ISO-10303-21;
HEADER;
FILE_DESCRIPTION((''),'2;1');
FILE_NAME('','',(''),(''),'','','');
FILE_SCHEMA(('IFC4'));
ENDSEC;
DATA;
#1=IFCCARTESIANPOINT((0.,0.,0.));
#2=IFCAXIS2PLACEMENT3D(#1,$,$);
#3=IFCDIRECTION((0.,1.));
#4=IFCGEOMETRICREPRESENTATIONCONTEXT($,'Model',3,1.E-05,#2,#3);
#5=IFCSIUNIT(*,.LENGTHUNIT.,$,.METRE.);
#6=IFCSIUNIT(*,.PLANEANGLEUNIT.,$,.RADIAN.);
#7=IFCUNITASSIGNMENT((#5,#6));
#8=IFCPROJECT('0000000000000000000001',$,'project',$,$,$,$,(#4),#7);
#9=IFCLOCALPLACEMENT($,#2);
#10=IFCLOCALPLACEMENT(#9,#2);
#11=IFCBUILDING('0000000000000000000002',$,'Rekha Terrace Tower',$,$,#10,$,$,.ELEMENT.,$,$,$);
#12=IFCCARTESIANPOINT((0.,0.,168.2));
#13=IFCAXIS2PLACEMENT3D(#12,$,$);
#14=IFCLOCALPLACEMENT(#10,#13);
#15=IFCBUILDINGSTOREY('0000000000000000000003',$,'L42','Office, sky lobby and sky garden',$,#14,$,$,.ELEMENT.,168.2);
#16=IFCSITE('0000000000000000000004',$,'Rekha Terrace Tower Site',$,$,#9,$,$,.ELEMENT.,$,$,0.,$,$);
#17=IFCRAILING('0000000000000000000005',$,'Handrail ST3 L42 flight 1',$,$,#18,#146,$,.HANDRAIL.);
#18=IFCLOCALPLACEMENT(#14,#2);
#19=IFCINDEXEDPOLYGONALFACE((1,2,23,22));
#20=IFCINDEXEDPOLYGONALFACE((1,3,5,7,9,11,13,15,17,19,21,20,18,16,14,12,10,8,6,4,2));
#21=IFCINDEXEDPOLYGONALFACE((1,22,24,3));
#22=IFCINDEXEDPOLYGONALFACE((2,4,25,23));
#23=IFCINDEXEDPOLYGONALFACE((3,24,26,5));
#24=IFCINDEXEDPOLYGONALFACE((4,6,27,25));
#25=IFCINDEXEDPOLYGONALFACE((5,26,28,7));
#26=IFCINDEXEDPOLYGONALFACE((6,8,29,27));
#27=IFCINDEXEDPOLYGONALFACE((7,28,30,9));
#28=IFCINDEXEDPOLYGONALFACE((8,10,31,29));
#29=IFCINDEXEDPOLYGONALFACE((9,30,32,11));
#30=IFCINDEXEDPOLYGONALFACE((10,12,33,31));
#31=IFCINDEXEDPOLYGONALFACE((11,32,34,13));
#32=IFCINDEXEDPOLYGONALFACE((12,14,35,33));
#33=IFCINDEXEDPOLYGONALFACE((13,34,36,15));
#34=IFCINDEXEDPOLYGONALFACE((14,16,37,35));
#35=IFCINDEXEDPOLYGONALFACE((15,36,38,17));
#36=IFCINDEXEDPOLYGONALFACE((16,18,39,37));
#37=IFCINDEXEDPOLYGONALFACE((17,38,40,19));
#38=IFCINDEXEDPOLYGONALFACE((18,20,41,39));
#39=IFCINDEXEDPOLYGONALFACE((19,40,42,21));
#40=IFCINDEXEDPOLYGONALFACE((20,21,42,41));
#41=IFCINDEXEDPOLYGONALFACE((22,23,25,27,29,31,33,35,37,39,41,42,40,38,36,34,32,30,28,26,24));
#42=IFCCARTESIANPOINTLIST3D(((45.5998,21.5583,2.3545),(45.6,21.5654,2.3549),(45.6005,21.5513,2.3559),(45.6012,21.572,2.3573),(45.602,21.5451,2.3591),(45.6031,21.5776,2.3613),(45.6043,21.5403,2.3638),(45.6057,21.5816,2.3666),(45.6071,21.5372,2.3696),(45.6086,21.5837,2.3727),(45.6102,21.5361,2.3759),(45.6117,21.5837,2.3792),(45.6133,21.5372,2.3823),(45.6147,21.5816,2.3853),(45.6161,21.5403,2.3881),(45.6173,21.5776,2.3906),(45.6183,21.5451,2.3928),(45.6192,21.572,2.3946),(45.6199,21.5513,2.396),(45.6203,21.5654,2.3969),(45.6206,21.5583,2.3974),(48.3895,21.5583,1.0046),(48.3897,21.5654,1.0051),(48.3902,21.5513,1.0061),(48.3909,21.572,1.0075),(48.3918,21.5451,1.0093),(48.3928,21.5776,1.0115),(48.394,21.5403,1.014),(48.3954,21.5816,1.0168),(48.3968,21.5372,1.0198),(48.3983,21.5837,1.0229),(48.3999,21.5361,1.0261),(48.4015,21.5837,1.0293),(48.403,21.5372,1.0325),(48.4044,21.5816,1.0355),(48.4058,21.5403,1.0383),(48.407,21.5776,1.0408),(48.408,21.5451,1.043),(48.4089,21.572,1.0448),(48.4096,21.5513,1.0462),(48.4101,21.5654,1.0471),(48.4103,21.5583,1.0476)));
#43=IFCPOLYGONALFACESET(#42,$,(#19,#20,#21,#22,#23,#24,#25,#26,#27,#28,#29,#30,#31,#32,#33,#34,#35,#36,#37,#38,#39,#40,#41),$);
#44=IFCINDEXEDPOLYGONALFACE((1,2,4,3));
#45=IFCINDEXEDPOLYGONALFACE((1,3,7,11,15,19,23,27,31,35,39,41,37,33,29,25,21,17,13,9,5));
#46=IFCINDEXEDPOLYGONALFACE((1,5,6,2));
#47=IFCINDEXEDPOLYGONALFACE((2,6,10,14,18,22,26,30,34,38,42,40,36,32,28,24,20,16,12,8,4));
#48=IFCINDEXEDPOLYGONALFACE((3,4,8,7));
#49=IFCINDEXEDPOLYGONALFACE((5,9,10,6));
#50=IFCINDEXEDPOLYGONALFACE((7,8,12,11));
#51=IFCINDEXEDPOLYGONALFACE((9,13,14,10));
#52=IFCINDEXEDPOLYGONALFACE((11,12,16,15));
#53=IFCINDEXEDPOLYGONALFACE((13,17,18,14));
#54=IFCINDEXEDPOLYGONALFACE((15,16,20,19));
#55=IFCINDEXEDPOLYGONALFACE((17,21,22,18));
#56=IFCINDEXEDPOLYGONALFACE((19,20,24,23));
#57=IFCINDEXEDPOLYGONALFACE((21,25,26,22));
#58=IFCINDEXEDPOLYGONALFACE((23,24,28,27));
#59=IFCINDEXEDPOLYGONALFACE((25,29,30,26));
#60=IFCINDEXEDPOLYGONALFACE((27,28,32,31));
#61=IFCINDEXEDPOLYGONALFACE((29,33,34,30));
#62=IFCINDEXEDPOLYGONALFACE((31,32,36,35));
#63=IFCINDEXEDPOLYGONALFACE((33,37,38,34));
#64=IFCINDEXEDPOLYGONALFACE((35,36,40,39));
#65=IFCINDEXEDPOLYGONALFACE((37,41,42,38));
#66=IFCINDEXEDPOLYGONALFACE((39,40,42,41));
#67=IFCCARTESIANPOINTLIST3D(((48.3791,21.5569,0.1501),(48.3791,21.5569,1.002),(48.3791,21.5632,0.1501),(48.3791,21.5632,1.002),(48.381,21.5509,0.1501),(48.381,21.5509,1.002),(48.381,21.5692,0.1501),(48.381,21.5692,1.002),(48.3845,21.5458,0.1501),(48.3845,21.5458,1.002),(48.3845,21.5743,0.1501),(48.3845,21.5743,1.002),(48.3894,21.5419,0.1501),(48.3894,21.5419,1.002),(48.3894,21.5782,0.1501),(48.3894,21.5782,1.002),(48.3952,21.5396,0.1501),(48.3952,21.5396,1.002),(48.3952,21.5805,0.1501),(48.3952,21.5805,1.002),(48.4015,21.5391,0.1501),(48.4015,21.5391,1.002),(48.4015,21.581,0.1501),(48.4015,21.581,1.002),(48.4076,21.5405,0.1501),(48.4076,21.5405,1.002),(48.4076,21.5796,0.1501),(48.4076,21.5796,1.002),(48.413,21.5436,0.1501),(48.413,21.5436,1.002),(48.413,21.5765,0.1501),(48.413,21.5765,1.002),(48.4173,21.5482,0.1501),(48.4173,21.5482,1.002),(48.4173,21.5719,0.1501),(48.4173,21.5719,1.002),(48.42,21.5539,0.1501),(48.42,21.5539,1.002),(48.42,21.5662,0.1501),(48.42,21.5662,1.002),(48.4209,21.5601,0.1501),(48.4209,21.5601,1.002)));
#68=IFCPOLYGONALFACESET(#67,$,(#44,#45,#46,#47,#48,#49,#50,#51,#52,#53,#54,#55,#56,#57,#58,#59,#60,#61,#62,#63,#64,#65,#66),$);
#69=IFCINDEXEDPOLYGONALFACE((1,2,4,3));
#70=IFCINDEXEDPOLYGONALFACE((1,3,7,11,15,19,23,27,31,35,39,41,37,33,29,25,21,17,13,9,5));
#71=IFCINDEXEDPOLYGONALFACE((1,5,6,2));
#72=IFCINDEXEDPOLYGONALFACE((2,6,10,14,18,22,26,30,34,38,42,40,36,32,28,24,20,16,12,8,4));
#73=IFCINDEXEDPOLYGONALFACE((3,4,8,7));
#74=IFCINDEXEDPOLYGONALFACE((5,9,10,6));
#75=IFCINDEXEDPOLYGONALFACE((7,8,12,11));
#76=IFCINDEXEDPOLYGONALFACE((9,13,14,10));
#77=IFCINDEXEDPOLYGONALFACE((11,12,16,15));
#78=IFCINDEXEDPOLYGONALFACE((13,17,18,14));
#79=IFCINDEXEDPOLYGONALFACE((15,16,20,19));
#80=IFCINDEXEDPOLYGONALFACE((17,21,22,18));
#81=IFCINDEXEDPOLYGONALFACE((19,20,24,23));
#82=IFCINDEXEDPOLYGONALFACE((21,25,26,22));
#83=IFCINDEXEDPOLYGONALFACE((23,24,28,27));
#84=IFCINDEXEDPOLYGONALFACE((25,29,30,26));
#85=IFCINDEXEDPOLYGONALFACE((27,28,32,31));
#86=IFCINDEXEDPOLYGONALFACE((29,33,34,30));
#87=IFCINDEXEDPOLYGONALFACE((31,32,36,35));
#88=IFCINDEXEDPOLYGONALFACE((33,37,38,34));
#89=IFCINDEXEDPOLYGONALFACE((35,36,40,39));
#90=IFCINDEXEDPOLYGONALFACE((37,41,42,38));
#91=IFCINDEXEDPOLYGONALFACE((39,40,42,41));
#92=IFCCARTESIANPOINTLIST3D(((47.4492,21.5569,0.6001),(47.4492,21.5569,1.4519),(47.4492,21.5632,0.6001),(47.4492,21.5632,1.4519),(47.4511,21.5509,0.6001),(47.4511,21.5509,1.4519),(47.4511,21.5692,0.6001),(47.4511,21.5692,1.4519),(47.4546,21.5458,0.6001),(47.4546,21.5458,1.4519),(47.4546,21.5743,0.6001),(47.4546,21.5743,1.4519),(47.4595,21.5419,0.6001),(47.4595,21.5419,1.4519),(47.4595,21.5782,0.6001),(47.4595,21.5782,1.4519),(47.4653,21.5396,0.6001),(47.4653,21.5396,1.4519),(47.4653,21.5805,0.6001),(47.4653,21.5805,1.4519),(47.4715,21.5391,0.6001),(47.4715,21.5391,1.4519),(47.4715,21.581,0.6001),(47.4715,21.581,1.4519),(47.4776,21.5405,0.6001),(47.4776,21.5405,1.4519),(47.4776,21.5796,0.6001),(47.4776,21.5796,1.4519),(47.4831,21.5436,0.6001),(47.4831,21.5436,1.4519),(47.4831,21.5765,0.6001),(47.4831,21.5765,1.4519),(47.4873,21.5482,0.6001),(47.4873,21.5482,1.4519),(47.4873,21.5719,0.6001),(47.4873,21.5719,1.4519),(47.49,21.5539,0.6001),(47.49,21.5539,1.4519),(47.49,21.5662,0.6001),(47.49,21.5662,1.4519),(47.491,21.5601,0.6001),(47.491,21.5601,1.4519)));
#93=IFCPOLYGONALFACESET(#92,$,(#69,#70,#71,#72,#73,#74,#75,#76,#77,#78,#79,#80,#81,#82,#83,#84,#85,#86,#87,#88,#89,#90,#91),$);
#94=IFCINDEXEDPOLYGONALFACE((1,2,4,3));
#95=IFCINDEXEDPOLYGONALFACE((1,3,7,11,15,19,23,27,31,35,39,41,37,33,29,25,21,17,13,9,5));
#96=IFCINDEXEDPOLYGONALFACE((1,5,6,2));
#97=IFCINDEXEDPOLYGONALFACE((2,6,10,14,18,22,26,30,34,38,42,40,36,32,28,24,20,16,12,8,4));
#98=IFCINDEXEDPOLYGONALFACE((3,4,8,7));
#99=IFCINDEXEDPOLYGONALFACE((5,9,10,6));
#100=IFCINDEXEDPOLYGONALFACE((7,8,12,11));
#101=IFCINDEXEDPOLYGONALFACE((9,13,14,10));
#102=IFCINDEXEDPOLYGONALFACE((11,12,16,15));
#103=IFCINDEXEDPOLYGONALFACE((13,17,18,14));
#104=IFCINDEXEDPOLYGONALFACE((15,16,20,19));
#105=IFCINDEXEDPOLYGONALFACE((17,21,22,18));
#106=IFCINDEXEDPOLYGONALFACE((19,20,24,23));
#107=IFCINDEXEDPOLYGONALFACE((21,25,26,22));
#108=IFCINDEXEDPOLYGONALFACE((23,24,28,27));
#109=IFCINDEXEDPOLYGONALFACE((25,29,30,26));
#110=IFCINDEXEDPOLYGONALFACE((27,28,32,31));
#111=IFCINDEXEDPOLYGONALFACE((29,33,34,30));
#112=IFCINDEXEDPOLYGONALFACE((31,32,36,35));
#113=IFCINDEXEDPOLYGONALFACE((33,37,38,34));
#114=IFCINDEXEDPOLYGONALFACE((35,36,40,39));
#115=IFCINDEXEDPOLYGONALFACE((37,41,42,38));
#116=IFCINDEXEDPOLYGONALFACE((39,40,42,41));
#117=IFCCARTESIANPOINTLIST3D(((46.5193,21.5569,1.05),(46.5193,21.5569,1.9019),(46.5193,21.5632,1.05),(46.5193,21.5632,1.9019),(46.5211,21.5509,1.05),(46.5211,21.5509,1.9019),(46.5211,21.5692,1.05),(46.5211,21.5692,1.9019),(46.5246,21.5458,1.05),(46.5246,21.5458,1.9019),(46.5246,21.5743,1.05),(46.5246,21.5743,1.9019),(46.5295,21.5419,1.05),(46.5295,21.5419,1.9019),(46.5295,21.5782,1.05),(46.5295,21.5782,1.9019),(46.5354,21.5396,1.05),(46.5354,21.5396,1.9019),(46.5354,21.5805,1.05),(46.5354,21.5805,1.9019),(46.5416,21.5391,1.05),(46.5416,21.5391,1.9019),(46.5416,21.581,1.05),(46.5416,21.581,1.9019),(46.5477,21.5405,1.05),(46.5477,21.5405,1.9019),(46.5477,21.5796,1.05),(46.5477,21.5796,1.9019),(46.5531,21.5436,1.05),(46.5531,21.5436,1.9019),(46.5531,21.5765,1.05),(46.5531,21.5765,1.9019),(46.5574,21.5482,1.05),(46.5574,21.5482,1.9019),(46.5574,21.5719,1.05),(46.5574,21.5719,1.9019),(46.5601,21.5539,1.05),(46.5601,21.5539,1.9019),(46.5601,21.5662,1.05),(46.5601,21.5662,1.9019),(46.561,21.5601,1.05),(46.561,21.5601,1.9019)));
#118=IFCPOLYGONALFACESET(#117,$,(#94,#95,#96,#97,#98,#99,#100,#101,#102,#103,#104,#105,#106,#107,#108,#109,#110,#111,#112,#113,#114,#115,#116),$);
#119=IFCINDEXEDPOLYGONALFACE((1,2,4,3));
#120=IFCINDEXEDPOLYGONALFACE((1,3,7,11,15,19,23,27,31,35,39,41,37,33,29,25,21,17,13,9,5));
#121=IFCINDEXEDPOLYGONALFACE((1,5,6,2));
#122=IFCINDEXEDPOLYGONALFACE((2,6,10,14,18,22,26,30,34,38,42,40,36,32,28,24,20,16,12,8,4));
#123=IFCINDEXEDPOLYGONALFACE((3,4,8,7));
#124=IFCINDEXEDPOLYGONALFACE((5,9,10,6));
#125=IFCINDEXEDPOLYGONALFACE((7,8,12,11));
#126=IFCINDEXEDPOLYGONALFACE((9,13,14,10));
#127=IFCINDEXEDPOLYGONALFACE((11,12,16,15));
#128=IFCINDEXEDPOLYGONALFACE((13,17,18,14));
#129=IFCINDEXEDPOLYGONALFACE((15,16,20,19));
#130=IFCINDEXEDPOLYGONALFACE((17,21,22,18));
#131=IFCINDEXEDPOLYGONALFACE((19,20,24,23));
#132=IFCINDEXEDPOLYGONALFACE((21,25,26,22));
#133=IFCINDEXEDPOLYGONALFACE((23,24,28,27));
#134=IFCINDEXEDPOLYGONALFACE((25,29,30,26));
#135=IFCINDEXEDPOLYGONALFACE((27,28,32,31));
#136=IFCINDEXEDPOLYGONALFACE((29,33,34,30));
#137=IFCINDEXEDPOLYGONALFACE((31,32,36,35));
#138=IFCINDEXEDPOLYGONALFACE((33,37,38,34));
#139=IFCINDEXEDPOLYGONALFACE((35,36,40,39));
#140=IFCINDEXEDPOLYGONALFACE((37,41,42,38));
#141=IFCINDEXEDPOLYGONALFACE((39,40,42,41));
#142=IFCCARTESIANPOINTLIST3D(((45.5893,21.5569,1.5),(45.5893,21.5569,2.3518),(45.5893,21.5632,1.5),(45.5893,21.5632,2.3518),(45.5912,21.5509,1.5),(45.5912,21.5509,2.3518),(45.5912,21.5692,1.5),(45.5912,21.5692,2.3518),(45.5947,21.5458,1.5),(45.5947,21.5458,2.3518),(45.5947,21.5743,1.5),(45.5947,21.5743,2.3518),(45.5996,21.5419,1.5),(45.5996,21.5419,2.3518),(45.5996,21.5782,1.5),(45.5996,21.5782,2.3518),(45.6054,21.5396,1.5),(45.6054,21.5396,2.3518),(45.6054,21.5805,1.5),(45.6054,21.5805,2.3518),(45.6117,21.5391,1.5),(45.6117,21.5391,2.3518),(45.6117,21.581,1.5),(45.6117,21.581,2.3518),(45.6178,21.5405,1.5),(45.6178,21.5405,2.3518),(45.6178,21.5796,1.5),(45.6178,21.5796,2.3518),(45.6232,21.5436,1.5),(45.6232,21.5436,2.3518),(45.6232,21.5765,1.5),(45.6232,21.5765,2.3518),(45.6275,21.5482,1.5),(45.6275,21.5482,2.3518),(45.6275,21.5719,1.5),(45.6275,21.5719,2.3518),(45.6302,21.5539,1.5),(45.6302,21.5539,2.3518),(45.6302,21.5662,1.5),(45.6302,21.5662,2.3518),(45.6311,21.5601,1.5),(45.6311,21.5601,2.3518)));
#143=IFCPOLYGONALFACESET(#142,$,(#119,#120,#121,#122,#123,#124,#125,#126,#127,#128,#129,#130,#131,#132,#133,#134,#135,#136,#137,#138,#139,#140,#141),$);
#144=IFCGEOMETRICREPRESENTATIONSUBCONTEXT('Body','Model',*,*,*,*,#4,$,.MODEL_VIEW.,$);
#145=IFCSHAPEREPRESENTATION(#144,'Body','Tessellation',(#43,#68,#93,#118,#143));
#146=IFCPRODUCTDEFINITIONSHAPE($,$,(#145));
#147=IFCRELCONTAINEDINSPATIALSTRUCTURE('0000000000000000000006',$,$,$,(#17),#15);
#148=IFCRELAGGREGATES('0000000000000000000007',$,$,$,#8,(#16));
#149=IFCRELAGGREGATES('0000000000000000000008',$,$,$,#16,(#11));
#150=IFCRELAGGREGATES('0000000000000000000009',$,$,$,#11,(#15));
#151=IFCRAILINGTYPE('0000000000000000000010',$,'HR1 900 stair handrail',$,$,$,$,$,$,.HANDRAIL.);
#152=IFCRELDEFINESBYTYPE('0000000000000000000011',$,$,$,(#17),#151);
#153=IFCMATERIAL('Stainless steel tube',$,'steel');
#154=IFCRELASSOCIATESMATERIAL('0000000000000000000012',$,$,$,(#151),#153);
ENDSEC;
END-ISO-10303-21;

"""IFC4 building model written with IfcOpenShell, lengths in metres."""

from ifc_helpers import new_model, si_unit, direction, frame, origin, origin_2d, place, context, subcontext, project, spatial, circle, extrude, material, type_object, element, save


model = new_model("IFC4")

# Units and contexts
model_context = context("Model", 3, precision=1e-05, world=origin(), true_north=direction((0.0, 1.0)))
body_context = subcontext(model_context, "Body", "Model", "MODEL_VIEW")
ifc_project = project(units=[si_unit("LENGTHUNIT", "METRE"), si_unit("PLANEANGLEUNIT", "RADIAN")], contexts=[model_context])

# Site, building, storey
site_placement = place(None, origin())
site = spatial("IfcSite", under=ifc_project, at=site_placement, Name="Rekha Terrace Tower Site", CompositionType="ELEMENT", RefElevation=0.0)
building_placement = place(site_placement, origin())
building = spatial("IfcBuilding", under=site, at=building_placement, Name="Rekha Terrace Tower", CompositionType="ELEMENT")
storey_placement = place(building_placement, frame((0.0, 0.0, 168.2)))
storey = spatial("IfcBuildingStorey", under=building, at=storey_placement, Name="L42", Description="Office, sky lobby and sky garden", CompositionType="ELEMENT", Elevation=168.2)

# Railing
ifc_material_1 = material(Name="Stainless steel tube", Category="steel")
railing_type_1 = type_object("IfcRailingType", Name="HR1 900 stair handrail", PredefinedType="HANDRAIL", material=ifc_material_1)
railing_1_placement = place(storey_placement, frame((48.3999, 21.5601, 0.1501)))
element("IfcRailing", 1, at=railing_1_placement, inside=storey, type_object=railing_type_1, Name="Handrail ST3 L42 flight 1", PredefinedType="HANDRAIL", context=body_context, shape_type="SweptSolid", body=[
    extrude(circle(Radius=0.0239, at=origin_2d()), frame((0.0, 0.0, 0.876), z_axis=(-0.900165, 0.0, 0.435549), x_axis=(0.0, -1.0, 0.0)), (0.0, 0.0, 1.0), 3.0991),
    extrude(circle(Radius=0.021, at=origin_2d()), origin(), (0.0, 0.0, 1.0), 0.8518),
    extrude(circle(Radius=0.021, at=origin_2d()), frame((-0.9299, 0.0, 0.45)), (0.0, 0.0, 1.0), 0.8518),
    extrude(circle(Radius=0.021, at=origin_2d()), frame((-1.8599, 0.0, 0.8999)), (0.0, 0.0, 1.0), 0.8518),
    extrude(circle(Radius=0.021, at=origin_2d()), frame((-2.7898, 0.0, 1.3499)), (0.0, 0.0, 1.0), 0.8518),
])

save(model, "model.ifc")
